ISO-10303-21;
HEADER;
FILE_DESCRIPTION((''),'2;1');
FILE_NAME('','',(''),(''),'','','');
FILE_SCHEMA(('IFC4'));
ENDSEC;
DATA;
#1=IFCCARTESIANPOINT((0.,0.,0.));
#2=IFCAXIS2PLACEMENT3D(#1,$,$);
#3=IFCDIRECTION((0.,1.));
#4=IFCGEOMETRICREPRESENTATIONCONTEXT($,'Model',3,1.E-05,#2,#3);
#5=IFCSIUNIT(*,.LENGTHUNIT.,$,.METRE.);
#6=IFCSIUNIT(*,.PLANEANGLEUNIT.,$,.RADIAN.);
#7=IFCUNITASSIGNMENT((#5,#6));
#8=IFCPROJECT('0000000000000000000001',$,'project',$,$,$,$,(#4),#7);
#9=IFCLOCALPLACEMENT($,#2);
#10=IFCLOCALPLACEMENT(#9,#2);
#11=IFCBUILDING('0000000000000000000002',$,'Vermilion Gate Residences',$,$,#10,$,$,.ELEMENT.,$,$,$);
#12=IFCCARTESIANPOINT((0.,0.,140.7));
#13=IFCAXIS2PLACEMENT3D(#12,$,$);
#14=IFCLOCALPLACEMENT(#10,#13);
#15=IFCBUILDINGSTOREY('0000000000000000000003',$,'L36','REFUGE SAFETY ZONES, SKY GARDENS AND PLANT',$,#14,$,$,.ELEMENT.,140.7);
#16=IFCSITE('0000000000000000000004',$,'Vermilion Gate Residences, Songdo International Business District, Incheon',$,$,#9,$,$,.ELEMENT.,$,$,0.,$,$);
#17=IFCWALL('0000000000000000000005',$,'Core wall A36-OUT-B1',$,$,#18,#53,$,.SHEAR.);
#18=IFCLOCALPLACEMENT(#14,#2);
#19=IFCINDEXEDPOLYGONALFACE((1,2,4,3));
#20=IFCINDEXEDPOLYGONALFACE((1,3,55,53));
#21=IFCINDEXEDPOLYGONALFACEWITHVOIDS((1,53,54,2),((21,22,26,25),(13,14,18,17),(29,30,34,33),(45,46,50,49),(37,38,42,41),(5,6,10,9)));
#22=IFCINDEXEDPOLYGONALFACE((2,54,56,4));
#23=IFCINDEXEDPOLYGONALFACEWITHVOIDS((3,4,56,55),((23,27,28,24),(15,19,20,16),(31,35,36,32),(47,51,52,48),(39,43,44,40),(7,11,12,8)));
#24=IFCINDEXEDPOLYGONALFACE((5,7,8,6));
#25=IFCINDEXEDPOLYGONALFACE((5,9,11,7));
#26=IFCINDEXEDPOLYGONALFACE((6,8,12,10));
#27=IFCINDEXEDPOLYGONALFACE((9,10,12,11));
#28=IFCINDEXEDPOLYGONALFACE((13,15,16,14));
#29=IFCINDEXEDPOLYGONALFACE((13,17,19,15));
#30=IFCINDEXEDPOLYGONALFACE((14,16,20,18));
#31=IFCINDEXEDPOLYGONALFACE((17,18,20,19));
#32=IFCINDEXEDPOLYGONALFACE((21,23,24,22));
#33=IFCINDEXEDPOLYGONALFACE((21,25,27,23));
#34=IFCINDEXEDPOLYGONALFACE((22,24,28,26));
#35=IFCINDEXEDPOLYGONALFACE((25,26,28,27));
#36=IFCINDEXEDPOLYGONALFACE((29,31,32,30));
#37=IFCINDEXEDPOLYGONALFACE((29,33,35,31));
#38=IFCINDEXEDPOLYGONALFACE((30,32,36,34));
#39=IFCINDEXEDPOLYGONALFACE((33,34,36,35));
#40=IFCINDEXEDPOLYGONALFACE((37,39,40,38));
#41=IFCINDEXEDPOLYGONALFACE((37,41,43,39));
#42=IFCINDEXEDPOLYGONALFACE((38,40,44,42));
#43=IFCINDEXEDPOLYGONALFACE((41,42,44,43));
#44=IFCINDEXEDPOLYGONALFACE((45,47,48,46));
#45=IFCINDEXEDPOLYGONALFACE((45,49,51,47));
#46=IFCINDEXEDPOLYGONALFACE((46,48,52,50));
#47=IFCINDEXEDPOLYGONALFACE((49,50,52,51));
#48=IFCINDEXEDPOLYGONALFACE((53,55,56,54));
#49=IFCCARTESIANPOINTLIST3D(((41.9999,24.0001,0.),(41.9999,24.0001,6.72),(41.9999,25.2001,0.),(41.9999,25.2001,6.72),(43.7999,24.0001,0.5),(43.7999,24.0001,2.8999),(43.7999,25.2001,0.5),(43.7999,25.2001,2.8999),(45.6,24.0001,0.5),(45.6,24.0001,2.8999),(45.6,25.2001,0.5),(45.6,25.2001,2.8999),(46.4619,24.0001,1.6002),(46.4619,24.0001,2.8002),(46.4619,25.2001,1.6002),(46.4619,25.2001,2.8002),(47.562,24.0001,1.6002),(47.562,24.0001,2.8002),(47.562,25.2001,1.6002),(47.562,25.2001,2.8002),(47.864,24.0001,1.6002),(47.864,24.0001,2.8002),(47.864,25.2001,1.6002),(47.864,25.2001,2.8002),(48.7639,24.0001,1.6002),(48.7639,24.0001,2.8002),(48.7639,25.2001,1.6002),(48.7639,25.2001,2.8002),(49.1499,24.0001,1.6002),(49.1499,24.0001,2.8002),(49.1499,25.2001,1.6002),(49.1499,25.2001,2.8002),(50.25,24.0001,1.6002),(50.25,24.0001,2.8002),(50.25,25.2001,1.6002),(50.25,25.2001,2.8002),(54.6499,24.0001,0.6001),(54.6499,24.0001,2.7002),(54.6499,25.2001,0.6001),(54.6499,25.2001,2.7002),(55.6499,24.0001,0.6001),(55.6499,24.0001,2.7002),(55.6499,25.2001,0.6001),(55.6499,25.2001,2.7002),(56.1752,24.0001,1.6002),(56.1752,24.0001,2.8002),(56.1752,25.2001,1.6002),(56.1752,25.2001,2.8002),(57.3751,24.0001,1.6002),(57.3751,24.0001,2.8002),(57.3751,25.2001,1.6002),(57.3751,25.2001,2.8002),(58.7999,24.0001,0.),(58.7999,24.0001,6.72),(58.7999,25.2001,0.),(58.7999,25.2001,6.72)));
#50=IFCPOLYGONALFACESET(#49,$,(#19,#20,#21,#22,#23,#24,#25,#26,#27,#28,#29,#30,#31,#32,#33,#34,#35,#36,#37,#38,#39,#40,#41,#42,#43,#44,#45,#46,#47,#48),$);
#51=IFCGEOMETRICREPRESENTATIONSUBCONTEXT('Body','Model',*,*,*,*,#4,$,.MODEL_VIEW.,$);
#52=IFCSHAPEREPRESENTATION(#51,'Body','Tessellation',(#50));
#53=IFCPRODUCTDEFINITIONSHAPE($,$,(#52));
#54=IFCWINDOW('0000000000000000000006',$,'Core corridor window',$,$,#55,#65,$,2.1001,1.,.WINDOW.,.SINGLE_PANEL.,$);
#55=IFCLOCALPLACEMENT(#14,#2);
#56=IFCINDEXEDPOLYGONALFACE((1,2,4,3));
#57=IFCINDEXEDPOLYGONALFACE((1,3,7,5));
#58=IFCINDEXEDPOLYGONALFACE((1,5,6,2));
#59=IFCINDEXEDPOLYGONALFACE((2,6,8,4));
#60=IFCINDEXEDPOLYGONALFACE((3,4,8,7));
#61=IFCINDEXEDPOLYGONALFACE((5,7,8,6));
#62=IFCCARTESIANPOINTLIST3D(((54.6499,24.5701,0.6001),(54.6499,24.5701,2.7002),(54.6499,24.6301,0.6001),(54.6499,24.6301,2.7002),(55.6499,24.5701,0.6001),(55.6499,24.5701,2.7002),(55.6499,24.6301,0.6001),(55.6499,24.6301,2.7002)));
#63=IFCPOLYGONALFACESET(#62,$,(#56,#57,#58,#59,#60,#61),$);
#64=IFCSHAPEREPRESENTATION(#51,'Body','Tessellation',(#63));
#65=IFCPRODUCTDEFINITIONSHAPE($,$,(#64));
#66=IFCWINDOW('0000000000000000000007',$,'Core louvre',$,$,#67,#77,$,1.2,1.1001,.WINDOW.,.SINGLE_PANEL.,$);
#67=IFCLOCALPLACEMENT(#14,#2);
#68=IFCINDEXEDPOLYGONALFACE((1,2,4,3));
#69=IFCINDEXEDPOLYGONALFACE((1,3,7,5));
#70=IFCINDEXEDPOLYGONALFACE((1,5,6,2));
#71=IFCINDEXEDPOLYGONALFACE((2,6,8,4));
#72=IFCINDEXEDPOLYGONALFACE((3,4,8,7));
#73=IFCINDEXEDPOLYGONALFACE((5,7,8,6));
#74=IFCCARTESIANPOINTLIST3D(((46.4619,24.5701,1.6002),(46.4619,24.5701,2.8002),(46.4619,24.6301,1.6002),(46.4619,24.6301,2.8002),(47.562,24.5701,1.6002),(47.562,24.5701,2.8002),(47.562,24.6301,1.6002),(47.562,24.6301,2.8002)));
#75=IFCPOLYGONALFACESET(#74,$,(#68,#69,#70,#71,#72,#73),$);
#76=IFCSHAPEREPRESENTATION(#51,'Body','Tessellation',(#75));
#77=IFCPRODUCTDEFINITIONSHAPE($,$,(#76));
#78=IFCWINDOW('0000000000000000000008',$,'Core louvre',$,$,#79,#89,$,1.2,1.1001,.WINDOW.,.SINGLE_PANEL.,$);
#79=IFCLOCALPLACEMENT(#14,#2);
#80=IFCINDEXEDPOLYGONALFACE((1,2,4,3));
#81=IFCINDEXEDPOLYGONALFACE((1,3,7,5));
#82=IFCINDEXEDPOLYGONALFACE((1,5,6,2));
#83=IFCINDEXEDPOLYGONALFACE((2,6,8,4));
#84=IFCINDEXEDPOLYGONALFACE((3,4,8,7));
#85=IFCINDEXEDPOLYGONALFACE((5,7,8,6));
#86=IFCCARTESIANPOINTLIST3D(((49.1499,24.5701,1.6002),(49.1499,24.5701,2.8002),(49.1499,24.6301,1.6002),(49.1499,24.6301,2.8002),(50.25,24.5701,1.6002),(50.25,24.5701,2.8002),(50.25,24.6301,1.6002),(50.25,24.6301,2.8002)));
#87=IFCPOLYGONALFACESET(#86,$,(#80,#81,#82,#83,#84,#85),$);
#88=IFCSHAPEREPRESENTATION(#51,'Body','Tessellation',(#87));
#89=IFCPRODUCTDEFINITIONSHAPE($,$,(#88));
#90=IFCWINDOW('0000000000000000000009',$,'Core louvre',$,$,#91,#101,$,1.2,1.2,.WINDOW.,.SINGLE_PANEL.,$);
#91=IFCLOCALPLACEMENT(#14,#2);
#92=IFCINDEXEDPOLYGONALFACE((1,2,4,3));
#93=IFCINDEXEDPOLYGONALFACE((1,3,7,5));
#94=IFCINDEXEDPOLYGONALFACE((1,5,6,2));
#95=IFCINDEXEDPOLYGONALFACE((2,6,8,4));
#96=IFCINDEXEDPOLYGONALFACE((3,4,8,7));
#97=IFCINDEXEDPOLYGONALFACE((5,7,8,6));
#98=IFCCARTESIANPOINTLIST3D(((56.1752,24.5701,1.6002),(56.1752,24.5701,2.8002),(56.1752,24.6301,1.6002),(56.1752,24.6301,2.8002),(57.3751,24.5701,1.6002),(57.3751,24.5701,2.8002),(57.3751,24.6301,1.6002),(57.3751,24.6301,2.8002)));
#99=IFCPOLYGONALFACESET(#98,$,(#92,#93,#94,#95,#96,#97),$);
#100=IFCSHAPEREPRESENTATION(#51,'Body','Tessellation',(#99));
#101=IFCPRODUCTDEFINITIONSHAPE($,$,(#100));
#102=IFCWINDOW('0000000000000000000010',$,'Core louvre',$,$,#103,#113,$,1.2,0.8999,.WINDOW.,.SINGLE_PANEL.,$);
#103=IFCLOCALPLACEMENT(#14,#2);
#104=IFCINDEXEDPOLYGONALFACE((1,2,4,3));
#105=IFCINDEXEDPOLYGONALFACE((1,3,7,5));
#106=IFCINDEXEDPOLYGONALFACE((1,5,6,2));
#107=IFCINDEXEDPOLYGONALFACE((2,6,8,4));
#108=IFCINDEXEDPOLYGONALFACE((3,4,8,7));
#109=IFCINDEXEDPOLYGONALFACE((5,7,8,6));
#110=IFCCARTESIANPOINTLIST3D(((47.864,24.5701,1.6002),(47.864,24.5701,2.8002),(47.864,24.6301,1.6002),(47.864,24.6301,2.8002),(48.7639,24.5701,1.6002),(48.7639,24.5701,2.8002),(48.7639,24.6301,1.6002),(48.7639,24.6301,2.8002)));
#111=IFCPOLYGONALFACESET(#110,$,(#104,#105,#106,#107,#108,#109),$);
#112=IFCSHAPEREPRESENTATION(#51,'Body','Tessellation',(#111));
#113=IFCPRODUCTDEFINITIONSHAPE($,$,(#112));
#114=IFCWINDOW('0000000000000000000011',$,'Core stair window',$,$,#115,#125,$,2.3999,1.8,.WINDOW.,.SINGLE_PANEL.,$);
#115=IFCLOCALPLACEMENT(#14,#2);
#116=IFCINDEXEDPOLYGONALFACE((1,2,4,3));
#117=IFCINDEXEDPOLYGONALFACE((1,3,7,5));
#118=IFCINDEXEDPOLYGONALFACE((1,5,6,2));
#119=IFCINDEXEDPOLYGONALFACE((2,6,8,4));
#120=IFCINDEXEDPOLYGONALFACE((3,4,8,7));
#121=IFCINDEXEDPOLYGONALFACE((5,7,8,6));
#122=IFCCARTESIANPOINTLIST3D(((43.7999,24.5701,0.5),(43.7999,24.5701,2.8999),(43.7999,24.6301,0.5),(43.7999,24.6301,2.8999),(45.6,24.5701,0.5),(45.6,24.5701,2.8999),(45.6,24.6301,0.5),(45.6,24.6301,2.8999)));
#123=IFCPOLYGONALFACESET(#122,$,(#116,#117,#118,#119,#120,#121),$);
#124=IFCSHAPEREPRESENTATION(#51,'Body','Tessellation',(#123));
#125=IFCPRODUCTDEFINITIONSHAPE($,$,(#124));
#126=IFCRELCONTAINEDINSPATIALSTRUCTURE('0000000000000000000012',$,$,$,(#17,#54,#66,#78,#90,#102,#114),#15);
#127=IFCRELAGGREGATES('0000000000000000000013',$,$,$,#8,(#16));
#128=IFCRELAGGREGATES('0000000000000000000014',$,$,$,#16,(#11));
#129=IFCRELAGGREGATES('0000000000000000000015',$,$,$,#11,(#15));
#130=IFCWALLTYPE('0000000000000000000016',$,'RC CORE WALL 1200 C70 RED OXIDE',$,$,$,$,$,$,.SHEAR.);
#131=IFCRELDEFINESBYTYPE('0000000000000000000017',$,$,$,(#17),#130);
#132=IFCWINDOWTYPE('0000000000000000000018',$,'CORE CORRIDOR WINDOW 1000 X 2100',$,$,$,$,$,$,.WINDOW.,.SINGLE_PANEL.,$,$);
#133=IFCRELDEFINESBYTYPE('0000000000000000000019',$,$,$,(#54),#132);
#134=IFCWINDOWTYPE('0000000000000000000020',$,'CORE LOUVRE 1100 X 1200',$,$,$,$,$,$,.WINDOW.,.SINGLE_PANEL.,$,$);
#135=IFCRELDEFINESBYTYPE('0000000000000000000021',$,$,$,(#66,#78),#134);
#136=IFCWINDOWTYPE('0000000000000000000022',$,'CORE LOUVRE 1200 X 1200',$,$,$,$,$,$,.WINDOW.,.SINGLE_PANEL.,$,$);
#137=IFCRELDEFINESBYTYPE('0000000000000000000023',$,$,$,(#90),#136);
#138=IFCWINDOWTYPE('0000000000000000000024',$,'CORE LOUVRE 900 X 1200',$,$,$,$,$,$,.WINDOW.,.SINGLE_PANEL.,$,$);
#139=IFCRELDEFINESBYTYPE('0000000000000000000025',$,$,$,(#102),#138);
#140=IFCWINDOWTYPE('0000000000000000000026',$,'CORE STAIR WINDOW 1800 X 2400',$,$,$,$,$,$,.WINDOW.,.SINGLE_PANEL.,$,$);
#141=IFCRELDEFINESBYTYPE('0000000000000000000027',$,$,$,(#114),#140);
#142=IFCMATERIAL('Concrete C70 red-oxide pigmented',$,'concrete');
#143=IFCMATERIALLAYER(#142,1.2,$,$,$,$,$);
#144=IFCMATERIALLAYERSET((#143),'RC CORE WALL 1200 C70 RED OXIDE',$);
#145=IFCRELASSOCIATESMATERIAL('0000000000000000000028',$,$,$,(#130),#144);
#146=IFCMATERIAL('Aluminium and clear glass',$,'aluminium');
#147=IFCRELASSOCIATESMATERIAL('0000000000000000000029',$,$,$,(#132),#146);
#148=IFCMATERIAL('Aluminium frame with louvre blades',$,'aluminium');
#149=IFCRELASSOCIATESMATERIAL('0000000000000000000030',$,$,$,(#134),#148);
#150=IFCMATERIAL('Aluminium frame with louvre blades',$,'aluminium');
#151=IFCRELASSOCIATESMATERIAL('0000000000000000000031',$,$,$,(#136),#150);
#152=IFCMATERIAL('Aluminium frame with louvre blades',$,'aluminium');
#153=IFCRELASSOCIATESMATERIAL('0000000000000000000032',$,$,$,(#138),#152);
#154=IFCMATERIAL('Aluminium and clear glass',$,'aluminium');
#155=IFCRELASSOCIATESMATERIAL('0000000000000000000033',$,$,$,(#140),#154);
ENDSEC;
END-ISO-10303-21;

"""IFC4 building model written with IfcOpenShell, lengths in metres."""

from ifc_helpers import new_model, si_unit, direction, frame, frame_2d, origin, place, context, subcontext, project, spatial, rectangle, extrude, material, layer, layer_set, type_object, element, fill, save


model = new_model("IFC4")

# Units and contexts
model_context = context("Model", 3, precision=1e-05, world=origin(), true_north=direction((0.0, 1.0)))
body_context = subcontext(model_context, "Body", "Model", "MODEL_VIEW")
ifc_project = project(units=[si_unit("LENGTHUNIT", "METRE"), si_unit("PLANEANGLEUNIT", "RADIAN")], contexts=[model_context])

# Site, building, storey
site_placement = place(None, origin())
site = spatial("IfcSite", under=ifc_project, at=site_placement, Name="Vermilion Gate Residences, Songdo International Business District, Incheon", CompositionType="ELEMENT", RefElevation=0.0)
building_placement = place(site_placement, origin())
building = spatial("IfcBuilding", under=site, at=building_placement, Name="Vermilion Gate Residences", CompositionType="ELEMENT")
storey_placement = place(building_placement, frame((0.0, 0.0, 140.7)))
storey = spatial("IfcBuildingStorey", under=building, at=storey_placement, Name="L36", Description="REFUGE SAFETY ZONES, SKY GARDENS AND PLANT", CompositionType="ELEMENT", Elevation=140.7)

# Wall, openings, windows
ifc_material_1 = material(Name="Concrete C70 red-oxide pigmented", Category="concrete")
ifc_layer_1 = layer(ifc_material_1, 1.2)
ifc_layer_set_1 = layer_set([ifc_layer_1], Name="RC CORE WALL 1200 C70 RED OXIDE")
wall_type_1 = type_object("IfcWallType", Name="RC CORE WALL 1200 C70 RED OXIDE", PredefinedType="SHEAR", material=ifc_layer_set_1)
wall_1_placement = place(storey_placement, frame((42.0, 24.6001, 0.0), z_axis=(0.0, 0.0, 1.0), x_axis=(1.0, 0.0, 0.0)))
wall_1 = element("IfcWall", 1, at=wall_1_placement, inside=storey, type_object=wall_type_1, Name="Core wall A36-OUT-B1", PredefinedType="SHEAR", context=body_context, shape_type="SweptSolid", body=[
    extrude(rectangle(XDim=16.8, YDim=1.2, at=frame_2d((8.3999, 0.0))), origin(), (0.0, 0.0, 1.0), 6.72),
])
opening_1_placement = place(wall_1_placement, frame((1.8, 0.0, 0.5)))
opening_1 = element("IfcOpeningElement", 2, at=opening_1_placement, cuts=wall_1, PredefinedType="OPENING", context=body_context, shape_type="SweptSolid", body=[
    extrude(rectangle(XDim=1.8, YDim=2.3999, at=frame_2d((0.8999, 1.2))), frame((0.0, 0.6099, 0.0), z_axis=(0.0, -1.0, 0.0), x_axis=(1.0, 0.0, 0.0)), (0.0, 0.0, 1.0), 1.22),
])
opening_2_placement = place(wall_1_placement, frame((4.4619, 0.0, 1.6001)))
opening_2 = element("IfcOpeningElement", 3, at=opening_2_placement, cuts=wall_1, PredefinedType="OPENING", context=body_context, shape_type="SweptSolid", body=[
    extrude(rectangle(XDim=1.1001, YDim=1.2, at=frame_2d((0.55, 0.6001))), frame((0.0, 0.6099, 0.0), z_axis=(0.0, -1.0, 0.0), x_axis=(1.0, 0.0, 0.0)), (0.0, 0.0, 1.0), 1.22),
])
opening_3_placement = place(wall_1_placement, frame((5.864, 0.0, 1.6001)))
opening_3 = element("IfcOpeningElement", 4, at=opening_3_placement, cuts=wall_1, PredefinedType="OPENING", context=body_context, shape_type="SweptSolid", body=[
    extrude(rectangle(XDim=0.8999, YDim=1.2, at=frame_2d((0.45, 0.6001))), frame((0.0, 0.6099, 0.0), z_axis=(0.0, -1.0, 0.0), x_axis=(1.0, 0.0, 0.0)), (0.0, 0.0, 1.0), 1.22),
])
opening_4_placement = place(wall_1_placement, frame((7.1499, 0.0, 1.6001)))
opening_4 = element("IfcOpeningElement", 5, at=opening_4_placement, cuts=wall_1, PredefinedType="OPENING", context=body_context, shape_type="SweptSolid", body=[
    extrude(rectangle(XDim=1.1001, YDim=1.2, at=frame_2d((0.55, 0.6001))), frame((0.0, 0.6099, 0.0), z_axis=(0.0, -1.0, 0.0), x_axis=(1.0, 0.0, 0.0)), (0.0, 0.0, 1.0), 1.22),
])
opening_5_placement = place(wall_1_placement, frame((12.6499, 0.0, 0.6001)))
opening_5 = element("IfcOpeningElement", 6, at=opening_5_placement, cuts=wall_1, PredefinedType="OPENING", context=body_context, shape_type="SweptSolid", body=[
    extrude(rectangle(XDim=1.0, YDim=2.1001, at=frame_2d((0.5, 1.05))), frame((0.0, 0.6099, 0.0), z_axis=(0.0, -1.0, 0.0), x_axis=(1.0, 0.0, 0.0)), (0.0, 0.0, 1.0), 1.22),
])
opening_6_placement = place(wall_1_placement, frame((14.175, 0.0, 1.6001)))
opening_6 = element("IfcOpeningElement", 7, at=opening_6_placement, cuts=wall_1, PredefinedType="OPENING", context=body_context, shape_type="SweptSolid", body=[
    extrude(rectangle(XDim=1.2, YDim=1.2, at=frame_2d((0.6001, 0.6001))), frame((0.0, 0.6099, 0.0), z_axis=(0.0, -1.0, 0.0), x_axis=(1.0, 0.0, 0.0)), (0.0, 0.0, 1.0), 1.22),
])
ifc_material_2 = material(Name="Aluminium and clear glass", Category="aluminium")
window_type_1 = type_object("IfcWindowType", Name="CORE CORRIDOR WINDOW 1000 X 2100", PartitioningType="SINGLE_PANEL", PredefinedType="WINDOW", material=ifc_material_2)
window_1_placement = place(opening_5_placement, origin())
window_1 = element("IfcWindow", 8, at=window_1_placement, inside=storey, type_object=window_type_1, Name="Core corridor window", OverallHeight=2.1001, OverallWidth=1.0, PartitioningType="SINGLE_PANEL", PredefinedType="WINDOW", context=body_context, shape_type="SweptSolid", body=[
    extrude(rectangle(XDim=1.0, YDim=2.1001, at=frame_2d((0.5, 1.05))), frame((0.0, 0.03, 0.0), z_axis=(0.0, -1.0, 0.0), x_axis=(1.0, 0.0, 0.0)), (0.0, 0.0, 1.0), 0.0601),
])
fill(opening_5, window_1)
ifc_material_3 = material(Name="Aluminium frame with louvre blades", Category="aluminium")
window_type_2 = type_object("IfcWindowType", Name="CORE LOUVRE 1100 X 1200", PartitioningType="SINGLE_PANEL", PredefinedType="WINDOW", material=ifc_material_3)
window_2_placement = place(opening_2_placement, origin())
window_2 = element("IfcWindow", 9, at=window_2_placement, inside=storey, type_object=window_type_2, Name="Core louvre", OverallHeight=1.2, OverallWidth=1.1001, PartitioningType="SINGLE_PANEL", PredefinedType="WINDOW", context=body_context, shape_type="SweptSolid", body=[
    extrude(rectangle(XDim=1.1001, YDim=1.2, at=frame_2d((0.55, 0.6001))), frame((0.0, 0.03, 0.0), z_axis=(0.0, -1.0, 0.0), x_axis=(1.0, 0.0, 0.0)), (0.0, 0.0, 1.0), 0.0601),
])
fill(opening_2, window_2)
window_3_placement = place(opening_4_placement, origin())
window_3 = element("IfcWindow", 10, at=window_3_placement, inside=storey, type_object=window_type_2, Name="Core louvre", OverallHeight=1.2, OverallWidth=1.1001, PartitioningType="SINGLE_PANEL", PredefinedType="WINDOW", context=body_context, shape_type="SweptSolid", body=[
    extrude(rectangle(XDim=1.1001, YDim=1.2, at=frame_2d((0.55, 0.6001))), frame((0.0, 0.03, 0.0), z_axis=(0.0, -1.0, 0.0), x_axis=(1.0, 0.0, 0.0)), (0.0, 0.0, 1.0), 0.0601),
])
fill(opening_4, window_3)
ifc_material_4 = material(Name="Aluminium frame with louvre blades", Category="aluminium")
window_type_3 = type_object("IfcWindowType", Name="CORE LOUVRE 1200 X 1200", PartitioningType="SINGLE_PANEL", PredefinedType="WINDOW", material=ifc_material_4)
window_4_placement = place(opening_6_placement, origin())
window_4 = element("IfcWindow", 11, at=window_4_placement, inside=storey, type_object=window_type_3, Name="Core louvre", OverallHeight=1.2, OverallWidth=1.2, PartitioningType="SINGLE_PANEL", PredefinedType="WINDOW", context=body_context, shape_type="SweptSolid", body=[
    extrude(rectangle(XDim=1.2, YDim=1.2, at=frame_2d((0.6001, 0.6001))), frame((0.0, 0.03, 0.0), z_axis=(0.0, -1.0, 0.0), x_axis=(1.0, 0.0, 0.0)), (0.0, 0.0, 1.0), 0.0601),
])
fill(opening_6, window_4)
ifc_material_5 = material(Name="Aluminium frame with louvre blades", Category="aluminium")
window_type_4 = type_object("IfcWindowType", Name="CORE LOUVRE 900 X 1200", PartitioningType="SINGLE_PANEL", PredefinedType="WINDOW", material=ifc_material_5)
window_5_placement = place(opening_3_placement, origin())
window_5 = element("IfcWindow", 12, at=window_5_placement, inside=storey, type_object=window_type_4, Name="Core louvre", OverallHeight=1.2, OverallWidth=0.8999, PartitioningType="SINGLE_PANEL", PredefinedType="WINDOW", context=body_context, shape_type="SweptSolid", body=[
    extrude(rectangle(XDim=0.8999, YDim=1.2, at=frame_2d((0.45, 0.6001))), frame((0.0, 0.03, 0.0), z_axis=(0.0, -1.0, 0.0), x_axis=(1.0, 0.0, 0.0)), (0.0, 0.0, 1.0), 0.0601),
])
fill(opening_3, window_5)
ifc_material_6 = material(Name="Aluminium and clear glass", Category="aluminium")
window_type_5 = type_object("IfcWindowType", Name="CORE STAIR WINDOW 1800 X 2400", PartitioningType="SINGLE_PANEL", PredefinedType="WINDOW", material=ifc_material_6)
window_6_placement = place(opening_1_placement, origin())
window_6 = element("IfcWindow", 13, at=window_6_placement, inside=storey, type_object=window_type_5, Name="Core stair window", OverallHeight=2.3999, OverallWidth=1.8, PartitioningType="SINGLE_PANEL", PredefinedType="WINDOW", context=body_context, shape_type="SweptSolid", body=[
    extrude(rectangle(XDim=1.8, YDim=2.3999, at=frame_2d((0.8999, 1.2))), frame((0.0, 0.03, 0.0), z_axis=(0.0, -1.0, 0.0), x_axis=(1.0, 0.0, 0.0)), (0.0, 0.0, 1.0), 0.0601),
])
fill(opening_1, window_6)

save(model, "model.ifc")
